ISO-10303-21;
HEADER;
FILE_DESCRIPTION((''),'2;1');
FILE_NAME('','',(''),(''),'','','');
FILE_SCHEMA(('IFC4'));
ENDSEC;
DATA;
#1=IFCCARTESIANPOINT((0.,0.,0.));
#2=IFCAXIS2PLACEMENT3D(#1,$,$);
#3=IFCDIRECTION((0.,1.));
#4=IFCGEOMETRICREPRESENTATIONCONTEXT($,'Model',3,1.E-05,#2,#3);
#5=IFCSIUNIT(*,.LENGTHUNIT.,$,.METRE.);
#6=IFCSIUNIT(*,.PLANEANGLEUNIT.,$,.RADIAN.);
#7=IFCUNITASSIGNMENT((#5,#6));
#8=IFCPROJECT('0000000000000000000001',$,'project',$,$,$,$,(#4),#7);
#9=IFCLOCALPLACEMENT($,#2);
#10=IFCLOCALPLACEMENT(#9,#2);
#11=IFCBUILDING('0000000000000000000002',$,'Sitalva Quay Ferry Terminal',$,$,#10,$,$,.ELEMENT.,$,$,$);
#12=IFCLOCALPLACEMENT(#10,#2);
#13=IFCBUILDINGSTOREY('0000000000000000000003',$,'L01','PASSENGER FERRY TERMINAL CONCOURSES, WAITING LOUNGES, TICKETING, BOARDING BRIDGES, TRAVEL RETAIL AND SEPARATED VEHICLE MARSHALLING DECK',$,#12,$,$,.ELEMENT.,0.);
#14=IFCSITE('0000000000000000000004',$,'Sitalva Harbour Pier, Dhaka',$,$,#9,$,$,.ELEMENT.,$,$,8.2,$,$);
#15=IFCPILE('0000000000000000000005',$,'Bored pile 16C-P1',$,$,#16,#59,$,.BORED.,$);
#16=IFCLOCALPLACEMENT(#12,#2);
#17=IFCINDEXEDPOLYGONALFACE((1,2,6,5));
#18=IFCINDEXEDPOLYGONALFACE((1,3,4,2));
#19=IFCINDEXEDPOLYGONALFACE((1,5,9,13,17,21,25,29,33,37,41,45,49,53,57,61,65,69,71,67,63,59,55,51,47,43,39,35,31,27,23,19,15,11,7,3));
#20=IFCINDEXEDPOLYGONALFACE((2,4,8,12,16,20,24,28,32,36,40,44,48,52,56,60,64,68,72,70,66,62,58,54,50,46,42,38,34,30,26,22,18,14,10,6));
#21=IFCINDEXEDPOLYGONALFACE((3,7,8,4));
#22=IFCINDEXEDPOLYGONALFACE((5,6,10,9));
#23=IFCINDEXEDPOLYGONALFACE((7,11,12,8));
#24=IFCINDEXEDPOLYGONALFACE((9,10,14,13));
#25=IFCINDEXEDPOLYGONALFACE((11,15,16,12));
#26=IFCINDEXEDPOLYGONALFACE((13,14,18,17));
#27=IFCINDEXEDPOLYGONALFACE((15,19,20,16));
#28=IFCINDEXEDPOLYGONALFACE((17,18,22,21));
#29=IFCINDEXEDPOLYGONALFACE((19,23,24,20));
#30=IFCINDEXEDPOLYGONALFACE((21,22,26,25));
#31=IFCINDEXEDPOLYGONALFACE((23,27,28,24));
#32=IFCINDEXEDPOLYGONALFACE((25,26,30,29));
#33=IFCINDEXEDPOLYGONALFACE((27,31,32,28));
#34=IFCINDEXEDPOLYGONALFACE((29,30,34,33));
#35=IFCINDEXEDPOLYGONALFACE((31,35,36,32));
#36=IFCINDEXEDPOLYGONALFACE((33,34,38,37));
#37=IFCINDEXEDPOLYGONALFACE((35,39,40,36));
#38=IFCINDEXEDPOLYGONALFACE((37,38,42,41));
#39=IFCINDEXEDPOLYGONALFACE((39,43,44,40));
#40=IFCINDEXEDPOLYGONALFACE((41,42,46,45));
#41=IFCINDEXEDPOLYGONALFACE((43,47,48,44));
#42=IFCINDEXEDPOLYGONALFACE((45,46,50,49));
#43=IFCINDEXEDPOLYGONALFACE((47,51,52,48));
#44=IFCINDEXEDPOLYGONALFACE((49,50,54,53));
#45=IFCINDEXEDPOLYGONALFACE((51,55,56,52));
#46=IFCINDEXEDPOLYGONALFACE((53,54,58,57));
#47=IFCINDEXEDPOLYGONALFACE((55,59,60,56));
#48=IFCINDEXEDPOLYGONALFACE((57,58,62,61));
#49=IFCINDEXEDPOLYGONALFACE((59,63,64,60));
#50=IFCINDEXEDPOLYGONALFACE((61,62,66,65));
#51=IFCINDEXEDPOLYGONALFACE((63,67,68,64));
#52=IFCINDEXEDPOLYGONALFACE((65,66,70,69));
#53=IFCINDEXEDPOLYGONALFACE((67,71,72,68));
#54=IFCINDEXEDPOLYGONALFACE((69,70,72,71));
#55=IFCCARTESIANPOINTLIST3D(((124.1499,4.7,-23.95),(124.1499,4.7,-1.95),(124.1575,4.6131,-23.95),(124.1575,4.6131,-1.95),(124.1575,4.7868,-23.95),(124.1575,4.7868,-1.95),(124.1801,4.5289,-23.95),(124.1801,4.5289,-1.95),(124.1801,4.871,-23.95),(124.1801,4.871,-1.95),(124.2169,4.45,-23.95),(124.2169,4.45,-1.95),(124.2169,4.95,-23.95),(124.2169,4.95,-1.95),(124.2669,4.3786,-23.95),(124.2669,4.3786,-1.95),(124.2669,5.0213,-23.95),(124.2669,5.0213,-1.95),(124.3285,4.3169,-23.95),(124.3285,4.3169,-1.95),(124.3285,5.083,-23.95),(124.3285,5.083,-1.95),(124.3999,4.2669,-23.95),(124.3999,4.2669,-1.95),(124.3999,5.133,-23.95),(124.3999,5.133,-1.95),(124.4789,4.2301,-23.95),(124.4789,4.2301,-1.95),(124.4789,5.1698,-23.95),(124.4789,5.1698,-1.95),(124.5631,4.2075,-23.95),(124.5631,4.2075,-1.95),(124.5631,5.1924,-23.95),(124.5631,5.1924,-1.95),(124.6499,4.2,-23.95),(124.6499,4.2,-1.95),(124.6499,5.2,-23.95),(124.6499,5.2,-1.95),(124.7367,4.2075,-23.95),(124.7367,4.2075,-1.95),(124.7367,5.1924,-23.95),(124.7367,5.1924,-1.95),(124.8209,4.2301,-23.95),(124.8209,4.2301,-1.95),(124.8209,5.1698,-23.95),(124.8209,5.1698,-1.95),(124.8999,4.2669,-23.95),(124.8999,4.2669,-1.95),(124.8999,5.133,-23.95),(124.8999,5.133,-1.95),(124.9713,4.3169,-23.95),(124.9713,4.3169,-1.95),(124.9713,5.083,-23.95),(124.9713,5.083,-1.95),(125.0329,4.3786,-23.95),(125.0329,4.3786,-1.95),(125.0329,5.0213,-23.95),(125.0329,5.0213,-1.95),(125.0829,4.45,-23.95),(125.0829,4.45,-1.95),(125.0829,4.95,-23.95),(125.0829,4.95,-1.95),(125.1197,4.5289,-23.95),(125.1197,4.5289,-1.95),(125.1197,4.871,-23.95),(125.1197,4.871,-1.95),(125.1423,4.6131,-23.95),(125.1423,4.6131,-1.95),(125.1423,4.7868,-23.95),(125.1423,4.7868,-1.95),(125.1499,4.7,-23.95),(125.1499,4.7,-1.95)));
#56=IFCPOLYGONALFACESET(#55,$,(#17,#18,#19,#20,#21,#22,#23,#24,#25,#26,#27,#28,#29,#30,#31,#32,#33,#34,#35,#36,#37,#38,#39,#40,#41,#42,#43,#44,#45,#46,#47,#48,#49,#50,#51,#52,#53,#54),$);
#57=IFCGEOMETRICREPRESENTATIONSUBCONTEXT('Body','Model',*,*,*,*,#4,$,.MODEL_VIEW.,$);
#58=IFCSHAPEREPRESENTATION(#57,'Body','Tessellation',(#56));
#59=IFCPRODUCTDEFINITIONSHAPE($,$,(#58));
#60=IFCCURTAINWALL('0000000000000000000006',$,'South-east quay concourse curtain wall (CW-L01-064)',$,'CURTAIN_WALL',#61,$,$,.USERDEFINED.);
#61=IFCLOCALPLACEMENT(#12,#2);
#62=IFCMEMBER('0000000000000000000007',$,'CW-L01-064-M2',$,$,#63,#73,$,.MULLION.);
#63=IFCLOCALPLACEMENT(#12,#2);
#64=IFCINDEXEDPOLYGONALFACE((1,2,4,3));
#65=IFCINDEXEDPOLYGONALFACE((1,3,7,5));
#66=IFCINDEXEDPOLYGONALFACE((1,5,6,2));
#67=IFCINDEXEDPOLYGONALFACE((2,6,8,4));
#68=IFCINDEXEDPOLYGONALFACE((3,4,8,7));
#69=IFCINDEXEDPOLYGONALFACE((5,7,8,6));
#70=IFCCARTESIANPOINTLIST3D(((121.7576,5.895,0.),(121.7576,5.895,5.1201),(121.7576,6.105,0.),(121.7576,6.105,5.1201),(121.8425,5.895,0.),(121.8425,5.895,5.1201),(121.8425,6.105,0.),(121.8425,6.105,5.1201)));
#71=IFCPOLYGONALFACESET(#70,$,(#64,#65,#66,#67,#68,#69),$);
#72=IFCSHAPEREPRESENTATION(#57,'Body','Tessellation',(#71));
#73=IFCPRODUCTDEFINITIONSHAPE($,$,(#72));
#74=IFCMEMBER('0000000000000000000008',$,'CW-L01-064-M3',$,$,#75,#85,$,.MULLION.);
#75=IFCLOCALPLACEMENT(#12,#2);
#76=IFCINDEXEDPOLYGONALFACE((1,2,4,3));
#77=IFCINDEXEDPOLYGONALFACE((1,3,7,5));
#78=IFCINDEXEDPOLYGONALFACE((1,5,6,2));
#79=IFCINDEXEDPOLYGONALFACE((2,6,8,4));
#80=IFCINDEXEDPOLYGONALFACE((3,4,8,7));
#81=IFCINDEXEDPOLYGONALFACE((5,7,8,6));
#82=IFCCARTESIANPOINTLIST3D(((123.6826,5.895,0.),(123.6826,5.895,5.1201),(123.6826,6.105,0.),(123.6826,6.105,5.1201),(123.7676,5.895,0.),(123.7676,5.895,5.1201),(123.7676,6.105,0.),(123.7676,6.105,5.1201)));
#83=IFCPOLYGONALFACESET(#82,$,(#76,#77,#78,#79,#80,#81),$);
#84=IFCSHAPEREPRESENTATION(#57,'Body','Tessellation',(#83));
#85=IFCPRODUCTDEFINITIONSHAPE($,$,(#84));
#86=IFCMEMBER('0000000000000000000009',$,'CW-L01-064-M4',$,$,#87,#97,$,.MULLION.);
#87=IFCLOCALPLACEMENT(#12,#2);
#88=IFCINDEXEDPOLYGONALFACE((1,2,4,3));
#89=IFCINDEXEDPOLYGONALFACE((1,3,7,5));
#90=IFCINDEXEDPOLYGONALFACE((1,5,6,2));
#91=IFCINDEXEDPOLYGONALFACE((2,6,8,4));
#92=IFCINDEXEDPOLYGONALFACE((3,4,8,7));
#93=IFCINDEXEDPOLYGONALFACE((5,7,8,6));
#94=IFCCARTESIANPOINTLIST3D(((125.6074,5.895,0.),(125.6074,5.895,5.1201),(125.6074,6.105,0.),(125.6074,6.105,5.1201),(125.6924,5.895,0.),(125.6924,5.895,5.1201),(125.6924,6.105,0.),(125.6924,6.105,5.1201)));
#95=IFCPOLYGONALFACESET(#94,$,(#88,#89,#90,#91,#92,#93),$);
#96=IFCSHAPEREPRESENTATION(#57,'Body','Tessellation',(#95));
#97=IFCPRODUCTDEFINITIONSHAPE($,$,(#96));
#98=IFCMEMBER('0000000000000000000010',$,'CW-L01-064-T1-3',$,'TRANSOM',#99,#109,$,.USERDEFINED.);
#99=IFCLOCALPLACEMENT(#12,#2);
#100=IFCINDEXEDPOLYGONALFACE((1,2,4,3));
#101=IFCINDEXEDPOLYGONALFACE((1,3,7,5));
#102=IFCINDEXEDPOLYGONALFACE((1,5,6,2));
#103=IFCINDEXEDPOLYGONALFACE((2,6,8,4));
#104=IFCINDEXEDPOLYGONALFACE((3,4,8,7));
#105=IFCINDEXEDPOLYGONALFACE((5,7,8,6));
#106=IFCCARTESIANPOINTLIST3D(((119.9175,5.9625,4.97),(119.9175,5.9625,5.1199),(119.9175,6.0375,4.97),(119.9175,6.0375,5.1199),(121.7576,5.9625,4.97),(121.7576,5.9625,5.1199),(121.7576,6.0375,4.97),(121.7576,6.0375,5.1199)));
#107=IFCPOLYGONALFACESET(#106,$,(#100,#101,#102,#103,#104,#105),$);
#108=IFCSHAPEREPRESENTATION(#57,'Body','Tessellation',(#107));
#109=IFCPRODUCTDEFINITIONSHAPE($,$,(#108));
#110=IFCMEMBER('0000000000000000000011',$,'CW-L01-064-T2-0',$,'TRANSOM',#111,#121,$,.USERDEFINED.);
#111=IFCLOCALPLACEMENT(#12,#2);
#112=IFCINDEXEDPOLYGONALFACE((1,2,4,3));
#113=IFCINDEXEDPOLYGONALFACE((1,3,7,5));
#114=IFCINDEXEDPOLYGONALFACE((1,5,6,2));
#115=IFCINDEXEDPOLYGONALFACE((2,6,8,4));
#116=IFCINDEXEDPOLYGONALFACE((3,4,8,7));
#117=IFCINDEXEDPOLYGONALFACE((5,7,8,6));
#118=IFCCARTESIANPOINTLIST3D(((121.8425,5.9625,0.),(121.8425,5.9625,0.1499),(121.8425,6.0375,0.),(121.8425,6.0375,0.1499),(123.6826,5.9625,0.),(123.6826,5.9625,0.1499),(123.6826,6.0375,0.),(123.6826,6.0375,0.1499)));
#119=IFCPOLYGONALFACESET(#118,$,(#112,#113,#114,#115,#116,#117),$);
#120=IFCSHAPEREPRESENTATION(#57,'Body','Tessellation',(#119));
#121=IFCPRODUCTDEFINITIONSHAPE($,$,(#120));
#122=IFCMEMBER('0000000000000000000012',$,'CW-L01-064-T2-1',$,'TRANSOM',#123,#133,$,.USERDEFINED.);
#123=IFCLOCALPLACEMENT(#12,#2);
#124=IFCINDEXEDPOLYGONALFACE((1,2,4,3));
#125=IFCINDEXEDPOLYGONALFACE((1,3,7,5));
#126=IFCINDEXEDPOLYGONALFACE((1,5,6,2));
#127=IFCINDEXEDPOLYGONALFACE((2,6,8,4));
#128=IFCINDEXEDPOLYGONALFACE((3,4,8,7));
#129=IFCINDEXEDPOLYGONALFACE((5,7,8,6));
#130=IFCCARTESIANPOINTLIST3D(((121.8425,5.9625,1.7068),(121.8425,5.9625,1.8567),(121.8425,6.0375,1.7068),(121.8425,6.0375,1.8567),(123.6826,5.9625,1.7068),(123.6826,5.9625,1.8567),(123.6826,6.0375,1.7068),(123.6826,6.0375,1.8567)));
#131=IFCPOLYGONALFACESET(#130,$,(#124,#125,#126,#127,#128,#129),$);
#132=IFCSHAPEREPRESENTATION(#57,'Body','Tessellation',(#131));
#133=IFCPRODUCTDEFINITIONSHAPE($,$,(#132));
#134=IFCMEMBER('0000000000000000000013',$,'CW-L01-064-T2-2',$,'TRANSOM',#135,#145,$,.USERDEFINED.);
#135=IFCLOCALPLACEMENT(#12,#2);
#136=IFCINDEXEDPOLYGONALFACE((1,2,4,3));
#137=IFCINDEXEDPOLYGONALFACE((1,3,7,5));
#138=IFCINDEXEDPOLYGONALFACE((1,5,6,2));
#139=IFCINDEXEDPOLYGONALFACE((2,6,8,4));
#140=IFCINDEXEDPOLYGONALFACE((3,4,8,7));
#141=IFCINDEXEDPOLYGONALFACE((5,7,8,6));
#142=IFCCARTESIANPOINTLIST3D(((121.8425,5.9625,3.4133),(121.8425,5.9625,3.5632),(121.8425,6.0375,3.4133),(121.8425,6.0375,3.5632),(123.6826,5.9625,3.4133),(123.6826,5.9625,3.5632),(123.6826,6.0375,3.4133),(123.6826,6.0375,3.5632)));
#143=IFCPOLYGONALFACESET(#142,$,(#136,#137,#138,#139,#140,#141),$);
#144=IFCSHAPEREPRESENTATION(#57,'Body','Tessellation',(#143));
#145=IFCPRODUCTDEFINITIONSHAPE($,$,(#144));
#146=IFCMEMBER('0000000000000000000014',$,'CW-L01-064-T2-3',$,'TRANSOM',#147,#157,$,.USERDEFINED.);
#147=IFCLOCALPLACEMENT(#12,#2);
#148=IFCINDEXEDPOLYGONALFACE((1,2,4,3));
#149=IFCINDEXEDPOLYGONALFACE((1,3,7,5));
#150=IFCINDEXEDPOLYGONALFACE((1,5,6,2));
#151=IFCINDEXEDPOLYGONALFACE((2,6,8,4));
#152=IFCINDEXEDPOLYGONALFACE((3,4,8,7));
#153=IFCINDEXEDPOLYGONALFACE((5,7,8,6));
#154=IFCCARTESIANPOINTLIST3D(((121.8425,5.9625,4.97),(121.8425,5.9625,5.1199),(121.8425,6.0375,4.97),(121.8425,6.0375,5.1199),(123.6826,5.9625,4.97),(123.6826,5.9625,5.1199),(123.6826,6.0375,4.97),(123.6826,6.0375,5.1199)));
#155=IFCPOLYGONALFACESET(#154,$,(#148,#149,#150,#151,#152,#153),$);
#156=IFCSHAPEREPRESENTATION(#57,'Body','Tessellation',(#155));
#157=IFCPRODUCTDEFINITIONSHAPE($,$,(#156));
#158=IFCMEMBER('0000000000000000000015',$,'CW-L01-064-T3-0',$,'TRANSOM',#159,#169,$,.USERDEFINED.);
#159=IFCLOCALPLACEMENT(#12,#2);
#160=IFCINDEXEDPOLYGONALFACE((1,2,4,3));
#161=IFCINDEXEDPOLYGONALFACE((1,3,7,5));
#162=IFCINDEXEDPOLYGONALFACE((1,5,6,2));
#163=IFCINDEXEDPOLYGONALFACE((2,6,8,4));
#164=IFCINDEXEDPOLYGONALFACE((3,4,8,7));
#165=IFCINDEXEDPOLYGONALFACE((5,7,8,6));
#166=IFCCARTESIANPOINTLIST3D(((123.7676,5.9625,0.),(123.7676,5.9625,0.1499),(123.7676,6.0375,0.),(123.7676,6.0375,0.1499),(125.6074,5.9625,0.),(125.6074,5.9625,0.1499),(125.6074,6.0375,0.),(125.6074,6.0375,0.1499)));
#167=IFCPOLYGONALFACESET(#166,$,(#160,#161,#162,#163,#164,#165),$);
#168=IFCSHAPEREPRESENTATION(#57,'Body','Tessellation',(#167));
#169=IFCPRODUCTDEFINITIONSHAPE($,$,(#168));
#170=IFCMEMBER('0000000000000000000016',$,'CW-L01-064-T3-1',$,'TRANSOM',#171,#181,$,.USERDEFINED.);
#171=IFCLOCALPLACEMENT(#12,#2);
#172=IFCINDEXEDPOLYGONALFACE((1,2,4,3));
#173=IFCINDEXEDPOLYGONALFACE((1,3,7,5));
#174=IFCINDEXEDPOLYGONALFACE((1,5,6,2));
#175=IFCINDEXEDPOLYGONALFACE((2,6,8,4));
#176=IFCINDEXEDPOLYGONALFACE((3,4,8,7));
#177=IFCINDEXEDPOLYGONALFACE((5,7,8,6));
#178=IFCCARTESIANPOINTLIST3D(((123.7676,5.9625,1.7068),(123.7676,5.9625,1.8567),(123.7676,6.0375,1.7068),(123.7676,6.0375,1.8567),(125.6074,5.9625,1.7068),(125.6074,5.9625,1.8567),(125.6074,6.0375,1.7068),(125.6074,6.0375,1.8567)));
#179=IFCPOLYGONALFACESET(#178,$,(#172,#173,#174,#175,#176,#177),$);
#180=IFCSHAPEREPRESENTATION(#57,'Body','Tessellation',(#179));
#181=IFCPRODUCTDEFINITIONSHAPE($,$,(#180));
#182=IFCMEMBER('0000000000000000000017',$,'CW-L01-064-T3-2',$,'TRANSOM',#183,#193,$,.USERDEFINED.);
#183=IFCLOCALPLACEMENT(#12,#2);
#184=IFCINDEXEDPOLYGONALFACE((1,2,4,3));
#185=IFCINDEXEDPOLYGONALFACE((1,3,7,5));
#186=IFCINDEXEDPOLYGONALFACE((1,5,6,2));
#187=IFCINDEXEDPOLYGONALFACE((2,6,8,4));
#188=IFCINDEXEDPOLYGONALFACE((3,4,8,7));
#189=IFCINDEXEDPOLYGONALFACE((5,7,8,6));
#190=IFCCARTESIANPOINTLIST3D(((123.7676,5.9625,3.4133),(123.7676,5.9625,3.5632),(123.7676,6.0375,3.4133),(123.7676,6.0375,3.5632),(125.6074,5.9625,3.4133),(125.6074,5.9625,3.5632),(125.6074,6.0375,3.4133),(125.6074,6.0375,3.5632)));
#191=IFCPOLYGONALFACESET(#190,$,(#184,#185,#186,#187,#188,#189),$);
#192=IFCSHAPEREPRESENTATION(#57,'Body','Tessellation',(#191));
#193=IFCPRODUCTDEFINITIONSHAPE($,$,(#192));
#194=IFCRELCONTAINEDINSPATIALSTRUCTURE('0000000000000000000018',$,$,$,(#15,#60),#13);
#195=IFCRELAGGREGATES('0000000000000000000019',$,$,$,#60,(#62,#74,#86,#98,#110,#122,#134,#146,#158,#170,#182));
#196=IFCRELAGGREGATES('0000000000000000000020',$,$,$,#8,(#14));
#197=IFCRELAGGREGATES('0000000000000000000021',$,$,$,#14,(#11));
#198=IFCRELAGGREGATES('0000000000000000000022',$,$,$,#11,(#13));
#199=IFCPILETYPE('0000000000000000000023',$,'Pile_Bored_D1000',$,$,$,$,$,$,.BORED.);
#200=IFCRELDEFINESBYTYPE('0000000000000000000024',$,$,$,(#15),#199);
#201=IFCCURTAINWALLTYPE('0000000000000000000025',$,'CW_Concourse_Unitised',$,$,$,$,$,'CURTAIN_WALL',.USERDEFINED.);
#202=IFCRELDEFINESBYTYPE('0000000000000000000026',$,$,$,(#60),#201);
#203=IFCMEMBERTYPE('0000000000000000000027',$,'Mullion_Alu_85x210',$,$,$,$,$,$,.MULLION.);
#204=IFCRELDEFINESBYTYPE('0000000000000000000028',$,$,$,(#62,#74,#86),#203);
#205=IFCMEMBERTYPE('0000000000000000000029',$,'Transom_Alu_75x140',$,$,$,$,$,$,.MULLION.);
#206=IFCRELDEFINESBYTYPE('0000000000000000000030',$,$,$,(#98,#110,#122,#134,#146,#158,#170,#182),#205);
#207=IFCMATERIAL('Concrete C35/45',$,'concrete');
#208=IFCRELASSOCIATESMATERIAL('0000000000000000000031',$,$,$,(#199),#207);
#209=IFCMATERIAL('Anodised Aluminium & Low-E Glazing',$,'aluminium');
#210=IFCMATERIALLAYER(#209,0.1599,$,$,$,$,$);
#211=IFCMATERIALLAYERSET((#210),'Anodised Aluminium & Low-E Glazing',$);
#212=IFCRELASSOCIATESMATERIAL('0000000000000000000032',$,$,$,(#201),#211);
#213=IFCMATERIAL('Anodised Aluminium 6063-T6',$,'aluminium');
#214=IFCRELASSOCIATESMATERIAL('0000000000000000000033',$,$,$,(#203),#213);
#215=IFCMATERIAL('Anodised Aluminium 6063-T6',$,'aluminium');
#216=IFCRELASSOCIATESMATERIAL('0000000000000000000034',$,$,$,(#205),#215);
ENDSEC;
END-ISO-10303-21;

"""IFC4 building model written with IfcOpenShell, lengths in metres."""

from ifc_helpers import new_model, si_unit, direction, frame, origin, origin_2d, place, context, subcontext, project, spatial, rectangle, circle, extrude, material, layer, layer_set, material_profile, profile_set, type_object, element, aggregate, save


model = new_model("IFC4")

# Units and contexts
model_context = context("Model", 3, precision=1e-05, world=origin(), true_north=direction((0.0, 1.0)))
body_context = subcontext(model_context, "Body", "Model", "MODEL_VIEW")
ifc_project = project(units=[si_unit("LENGTHUNIT", "METRE"), si_unit("PLANEANGLEUNIT", "RADIAN")], contexts=[model_context])

# Site, building, storey
site_placement = place(None, origin())
site = spatial("IfcSite", under=ifc_project, at=site_placement, Name="Sitalva Harbour Pier, Dhaka", CompositionType="ELEMENT", RefElevation=8.2)
building_placement = place(site_placement, origin())
building = spatial("IfcBuilding", under=site, at=building_placement, Name="Sitalva Quay Ferry Terminal", CompositionType="ELEMENT")
storey_placement = place(building_placement, origin())
storey = spatial("IfcBuildingStorey", under=building, at=storey_placement, Name="L01", Description="PASSENGER FERRY TERMINAL CONCOURSES, WAITING LOUNGES, TICKETING, BOARDING BRIDGES, TRAVEL RETAIL AND SEPARATED VEHICLE MARSHALLING DECK", CompositionType="ELEMENT", Elevation=0.0)

# Pile
ifc_material_1 = material(Name="Concrete C35/45", Category="concrete")
ifc_material_profile_1 = material_profile(ifc_material_1, circle(Radius=0.5, at=origin_2d()), Name="PILE-D1000")
ifc_profile_set_1 = profile_set([ifc_material_profile_1], Name="Concrete C35/45")
pile_type = type_object("IfcPileType", Name="Pile_Bored_D1000", PredefinedType="BORED", material=ifc_profile_set_1)
pile_placement = place(storey_placement, frame((124.6499, 4.7, -1.95), z_axis=(0.0, 0.0, -1.0), x_axis=(1.0, 0.0, 0.0)))
element("IfcPile", 1, at=pile_placement, inside=storey, type_object=pile_type, Name="Bored pile 16C-P1", PredefinedType="BORED", context=body_context, shape_type="SweptSolid", body=[
    extrude(circle(Radius=0.5, at=origin_2d()), origin(), (0.0, 0.0, 1.0), 22.0),
])

# Curtain wall, members
ifc_material_2 = material(Name="Anodised Aluminium & Low-E Glazing", Category="aluminium")
ifc_layer_1 = layer(ifc_material_2, 0.1599)
ifc_layer_set_1 = layer_set([ifc_layer_1], Name="Anodised Aluminium & Low-E Glazing")
curtain_wall_type = type_object("IfcCurtainWallType", Name="CW_Concourse_Unitised", ElementType="CURTAIN_WALL", PredefinedType="USERDEFINED", material=ifc_layer_set_1)
curtain_wall_placement = place(storey_placement, origin())
curtain_wall = element("IfcCurtainWall", 2, at=curtain_wall_placement, inside=storey, type_object=curtain_wall_type, Name="South-east quay concourse curtain wall (CW-L01-064)", ObjectType="CURTAIN_WALL", PredefinedType="USERDEFINED")
ifc_material_3 = material(Name="Anodised Aluminium 6063-T6", Category="aluminium")
ifc_material_profile_2 = material_profile(ifc_material_3, rectangle(XDim=0.085, YDim=0.21, at=origin_2d()), Name="ALU85x210")
ifc_profile_set_2 = profile_set([ifc_material_profile_2], Name="Anodised Aluminium 6063-T6")
member_type_1 = type_object("IfcMemberType", Name="Mullion_Alu_85x210", PredefinedType="MULLION", material=ifc_profile_set_2)
member_1_placement = place(storey_placement, frame((121.8, 6.0, 0.0), z_axis=(0.0, 0.0, 1.0), x_axis=(1.0, 0.0, 0.0)))
member_1 = element("IfcMember", 3, at=member_1_placement, type_object=member_type_1, Name="CW-L01-064-M2", PredefinedType="MULLION", context=body_context, shape_type="SweptSolid", body=[
    extrude(rectangle(XDim=0.085, YDim=0.21, at=origin_2d()), origin(), (0.0, 0.0, 1.0), 5.1201),
])
member_2_placement = place(storey_placement, frame((123.7251, 6.0, 0.0), z_axis=(0.0, 0.0, 1.0), x_axis=(1.0, 0.0, 0.0)))
member_2 = element("IfcMember", 4, at=member_2_placement, type_object=member_type_1, Name="CW-L01-064-M3", PredefinedType="MULLION", context=body_context, shape_type="SweptSolid", body=[
    extrude(rectangle(XDim=0.085, YDim=0.21, at=origin_2d()), origin(), (0.0, 0.0, 1.0), 5.1201),
])
member_3_placement = place(storey_placement, frame((125.6499, 6.0, 0.0), z_axis=(0.0, 0.0, 1.0), x_axis=(1.0, 0.0, 0.0)))
member_3 = element("IfcMember", 5, at=member_3_placement, type_object=member_type_1, Name="CW-L01-064-M4", PredefinedType="MULLION", context=body_context, shape_type="SweptSolid", body=[
    extrude(rectangle(XDim=0.085, YDim=0.21, at=origin_2d()), origin(), (0.0, 0.0, 1.0), 5.1201),
])
ifc_material_4 = material(Name="Anodised Aluminium 6063-T6", Category="aluminium")
ifc_material_profile_3 = material_profile(ifc_material_4, rectangle(XDim=0.075, YDim=0.1499, at=origin_2d()), Name="ALU75x150")
ifc_profile_set_3 = profile_set([ifc_material_profile_3], Name="Anodised Aluminium 6063-T6")
member_type_2 = type_object("IfcMemberType", Name="Transom_Alu_75x140", PredefinedType="MULLION", material=ifc_profile_set_3)
member_4_placement = place(storey_placement, frame((119.9175, 6.0, 5.0449), z_axis=(1.0, 0.0, 0.0), x_axis=(0.0, 1.0, 0.0)))
member_4 = element("IfcMember", 6, at=member_4_placement, type_object=member_type_2, Name="CW-L01-064-T1-3", ObjectType="TRANSOM", PredefinedType="USERDEFINED", context=body_context, shape_type="SweptSolid", body=[
    extrude(rectangle(XDim=0.075, YDim=0.1499, at=origin_2d()), origin(), (0.0, 0.0, 1.0), 1.8401),
])
member_5_placement = place(storey_placement, frame((121.8425, 6.0, 0.075), z_axis=(1.0, 0.0, 0.0), x_axis=(0.0, 1.0, 0.0)))
member_5 = element("IfcMember", 7, at=member_5_placement, type_object=member_type_2, Name="CW-L01-064-T2-0", ObjectType="TRANSOM", PredefinedType="USERDEFINED", context=body_context, shape_type="SweptSolid", body=[
    extrude(rectangle(XDim=0.075, YDim=0.1499, at=origin_2d()), origin(), (0.0, 0.0, 1.0), 1.8401),
])
member_6_placement = place(storey_placement, frame((121.8425, 6.0, 1.7817), z_axis=(1.0, 0.0, 0.0), x_axis=(0.0, 1.0, 0.0)))
member_6 = element("IfcMember", 8, at=member_6_placement, type_object=member_type_2, Name="CW-L01-064-T2-1", ObjectType="TRANSOM", PredefinedType="USERDEFINED", context=body_context, shape_type="SweptSolid", body=[
    extrude(rectangle(XDim=0.075, YDim=0.1499, at=origin_2d()), origin(), (0.0, 0.0, 1.0), 1.8401),
])
member_7_placement = place(storey_placement, frame((121.8425, 6.0, 3.4883), z_axis=(1.0, 0.0, 0.0), x_axis=(0.0, 1.0, 0.0)))
member_7 = element("IfcMember", 9, at=member_7_placement, type_object=member_type_2, Name="CW-L01-064-T2-2", ObjectType="TRANSOM", PredefinedType="USERDEFINED", context=body_context, shape_type="SweptSolid", body=[
    extrude(rectangle(XDim=0.075, YDim=0.1499, at=origin_2d()), origin(), (0.0, 0.0, 1.0), 1.8401),
])
member_8_placement = place(storey_placement, frame((121.8425, 6.0, 5.0449), z_axis=(1.0, 0.0, 0.0), x_axis=(0.0, 1.0, 0.0)))
member_8 = element("IfcMember", 10, at=member_8_placement, type_object=member_type_2, Name="CW-L01-064-T2-3", ObjectType="TRANSOM", PredefinedType="USERDEFINED", context=body_context, shape_type="SweptSolid", body=[
    extrude(rectangle(XDim=0.075, YDim=0.1499, at=origin_2d()), origin(), (0.0, 0.0, 1.0), 1.8401),
])
member_9_placement = place(storey_placement, frame((123.7676, 6.0, 0.075), z_axis=(1.0, 0.0, 0.0), x_axis=(0.0, 1.0, 0.0)))
member_9 = element("IfcMember", 11, at=member_9_placement, type_object=member_type_2, Name="CW-L01-064-T3-0", ObjectType="TRANSOM", PredefinedType="USERDEFINED", context=body_context, shape_type="SweptSolid", body=[
    extrude(rectangle(XDim=0.075, YDim=0.1499, at=origin_2d()), origin(), (0.0, 0.0, 1.0), 1.8398),
])
member_10_placement = place(storey_placement, frame((123.7676, 6.0, 1.7817), z_axis=(1.0, 0.0, 0.0), x_axis=(0.0, 1.0, 0.0)))
member_10 = element("IfcMember", 12, at=member_10_placement, type_object=member_type_2, Name="CW-L01-064-T3-1", ObjectType="TRANSOM", PredefinedType="USERDEFINED", context=body_context, shape_type="SweptSolid", body=[
    extrude(rectangle(XDim=0.075, YDim=0.1499, at=origin_2d()), origin(), (0.0, 0.0, 1.0), 1.8398),
])
member_11_placement = place(storey_placement, frame((123.7676, 6.0, 3.4883), z_axis=(1.0, 0.0, 0.0), x_axis=(0.0, 1.0, 0.0)))
member_11 = element("IfcMember", 13, at=member_11_placement, type_object=member_type_2, Name="CW-L01-064-T3-2", ObjectType="TRANSOM", PredefinedType="USERDEFINED", context=body_context, shape_type="SweptSolid", body=[
    extrude(rectangle(XDim=0.075, YDim=0.1499, at=origin_2d()), origin(), (0.0, 0.0, 1.0), 1.8398),
])
aggregate(curtain_wall, [member_1, member_2, member_3, member_4, member_5, member_6, member_7, member_8, member_9, member_10, member_11])

save(model, "model.ifc")
